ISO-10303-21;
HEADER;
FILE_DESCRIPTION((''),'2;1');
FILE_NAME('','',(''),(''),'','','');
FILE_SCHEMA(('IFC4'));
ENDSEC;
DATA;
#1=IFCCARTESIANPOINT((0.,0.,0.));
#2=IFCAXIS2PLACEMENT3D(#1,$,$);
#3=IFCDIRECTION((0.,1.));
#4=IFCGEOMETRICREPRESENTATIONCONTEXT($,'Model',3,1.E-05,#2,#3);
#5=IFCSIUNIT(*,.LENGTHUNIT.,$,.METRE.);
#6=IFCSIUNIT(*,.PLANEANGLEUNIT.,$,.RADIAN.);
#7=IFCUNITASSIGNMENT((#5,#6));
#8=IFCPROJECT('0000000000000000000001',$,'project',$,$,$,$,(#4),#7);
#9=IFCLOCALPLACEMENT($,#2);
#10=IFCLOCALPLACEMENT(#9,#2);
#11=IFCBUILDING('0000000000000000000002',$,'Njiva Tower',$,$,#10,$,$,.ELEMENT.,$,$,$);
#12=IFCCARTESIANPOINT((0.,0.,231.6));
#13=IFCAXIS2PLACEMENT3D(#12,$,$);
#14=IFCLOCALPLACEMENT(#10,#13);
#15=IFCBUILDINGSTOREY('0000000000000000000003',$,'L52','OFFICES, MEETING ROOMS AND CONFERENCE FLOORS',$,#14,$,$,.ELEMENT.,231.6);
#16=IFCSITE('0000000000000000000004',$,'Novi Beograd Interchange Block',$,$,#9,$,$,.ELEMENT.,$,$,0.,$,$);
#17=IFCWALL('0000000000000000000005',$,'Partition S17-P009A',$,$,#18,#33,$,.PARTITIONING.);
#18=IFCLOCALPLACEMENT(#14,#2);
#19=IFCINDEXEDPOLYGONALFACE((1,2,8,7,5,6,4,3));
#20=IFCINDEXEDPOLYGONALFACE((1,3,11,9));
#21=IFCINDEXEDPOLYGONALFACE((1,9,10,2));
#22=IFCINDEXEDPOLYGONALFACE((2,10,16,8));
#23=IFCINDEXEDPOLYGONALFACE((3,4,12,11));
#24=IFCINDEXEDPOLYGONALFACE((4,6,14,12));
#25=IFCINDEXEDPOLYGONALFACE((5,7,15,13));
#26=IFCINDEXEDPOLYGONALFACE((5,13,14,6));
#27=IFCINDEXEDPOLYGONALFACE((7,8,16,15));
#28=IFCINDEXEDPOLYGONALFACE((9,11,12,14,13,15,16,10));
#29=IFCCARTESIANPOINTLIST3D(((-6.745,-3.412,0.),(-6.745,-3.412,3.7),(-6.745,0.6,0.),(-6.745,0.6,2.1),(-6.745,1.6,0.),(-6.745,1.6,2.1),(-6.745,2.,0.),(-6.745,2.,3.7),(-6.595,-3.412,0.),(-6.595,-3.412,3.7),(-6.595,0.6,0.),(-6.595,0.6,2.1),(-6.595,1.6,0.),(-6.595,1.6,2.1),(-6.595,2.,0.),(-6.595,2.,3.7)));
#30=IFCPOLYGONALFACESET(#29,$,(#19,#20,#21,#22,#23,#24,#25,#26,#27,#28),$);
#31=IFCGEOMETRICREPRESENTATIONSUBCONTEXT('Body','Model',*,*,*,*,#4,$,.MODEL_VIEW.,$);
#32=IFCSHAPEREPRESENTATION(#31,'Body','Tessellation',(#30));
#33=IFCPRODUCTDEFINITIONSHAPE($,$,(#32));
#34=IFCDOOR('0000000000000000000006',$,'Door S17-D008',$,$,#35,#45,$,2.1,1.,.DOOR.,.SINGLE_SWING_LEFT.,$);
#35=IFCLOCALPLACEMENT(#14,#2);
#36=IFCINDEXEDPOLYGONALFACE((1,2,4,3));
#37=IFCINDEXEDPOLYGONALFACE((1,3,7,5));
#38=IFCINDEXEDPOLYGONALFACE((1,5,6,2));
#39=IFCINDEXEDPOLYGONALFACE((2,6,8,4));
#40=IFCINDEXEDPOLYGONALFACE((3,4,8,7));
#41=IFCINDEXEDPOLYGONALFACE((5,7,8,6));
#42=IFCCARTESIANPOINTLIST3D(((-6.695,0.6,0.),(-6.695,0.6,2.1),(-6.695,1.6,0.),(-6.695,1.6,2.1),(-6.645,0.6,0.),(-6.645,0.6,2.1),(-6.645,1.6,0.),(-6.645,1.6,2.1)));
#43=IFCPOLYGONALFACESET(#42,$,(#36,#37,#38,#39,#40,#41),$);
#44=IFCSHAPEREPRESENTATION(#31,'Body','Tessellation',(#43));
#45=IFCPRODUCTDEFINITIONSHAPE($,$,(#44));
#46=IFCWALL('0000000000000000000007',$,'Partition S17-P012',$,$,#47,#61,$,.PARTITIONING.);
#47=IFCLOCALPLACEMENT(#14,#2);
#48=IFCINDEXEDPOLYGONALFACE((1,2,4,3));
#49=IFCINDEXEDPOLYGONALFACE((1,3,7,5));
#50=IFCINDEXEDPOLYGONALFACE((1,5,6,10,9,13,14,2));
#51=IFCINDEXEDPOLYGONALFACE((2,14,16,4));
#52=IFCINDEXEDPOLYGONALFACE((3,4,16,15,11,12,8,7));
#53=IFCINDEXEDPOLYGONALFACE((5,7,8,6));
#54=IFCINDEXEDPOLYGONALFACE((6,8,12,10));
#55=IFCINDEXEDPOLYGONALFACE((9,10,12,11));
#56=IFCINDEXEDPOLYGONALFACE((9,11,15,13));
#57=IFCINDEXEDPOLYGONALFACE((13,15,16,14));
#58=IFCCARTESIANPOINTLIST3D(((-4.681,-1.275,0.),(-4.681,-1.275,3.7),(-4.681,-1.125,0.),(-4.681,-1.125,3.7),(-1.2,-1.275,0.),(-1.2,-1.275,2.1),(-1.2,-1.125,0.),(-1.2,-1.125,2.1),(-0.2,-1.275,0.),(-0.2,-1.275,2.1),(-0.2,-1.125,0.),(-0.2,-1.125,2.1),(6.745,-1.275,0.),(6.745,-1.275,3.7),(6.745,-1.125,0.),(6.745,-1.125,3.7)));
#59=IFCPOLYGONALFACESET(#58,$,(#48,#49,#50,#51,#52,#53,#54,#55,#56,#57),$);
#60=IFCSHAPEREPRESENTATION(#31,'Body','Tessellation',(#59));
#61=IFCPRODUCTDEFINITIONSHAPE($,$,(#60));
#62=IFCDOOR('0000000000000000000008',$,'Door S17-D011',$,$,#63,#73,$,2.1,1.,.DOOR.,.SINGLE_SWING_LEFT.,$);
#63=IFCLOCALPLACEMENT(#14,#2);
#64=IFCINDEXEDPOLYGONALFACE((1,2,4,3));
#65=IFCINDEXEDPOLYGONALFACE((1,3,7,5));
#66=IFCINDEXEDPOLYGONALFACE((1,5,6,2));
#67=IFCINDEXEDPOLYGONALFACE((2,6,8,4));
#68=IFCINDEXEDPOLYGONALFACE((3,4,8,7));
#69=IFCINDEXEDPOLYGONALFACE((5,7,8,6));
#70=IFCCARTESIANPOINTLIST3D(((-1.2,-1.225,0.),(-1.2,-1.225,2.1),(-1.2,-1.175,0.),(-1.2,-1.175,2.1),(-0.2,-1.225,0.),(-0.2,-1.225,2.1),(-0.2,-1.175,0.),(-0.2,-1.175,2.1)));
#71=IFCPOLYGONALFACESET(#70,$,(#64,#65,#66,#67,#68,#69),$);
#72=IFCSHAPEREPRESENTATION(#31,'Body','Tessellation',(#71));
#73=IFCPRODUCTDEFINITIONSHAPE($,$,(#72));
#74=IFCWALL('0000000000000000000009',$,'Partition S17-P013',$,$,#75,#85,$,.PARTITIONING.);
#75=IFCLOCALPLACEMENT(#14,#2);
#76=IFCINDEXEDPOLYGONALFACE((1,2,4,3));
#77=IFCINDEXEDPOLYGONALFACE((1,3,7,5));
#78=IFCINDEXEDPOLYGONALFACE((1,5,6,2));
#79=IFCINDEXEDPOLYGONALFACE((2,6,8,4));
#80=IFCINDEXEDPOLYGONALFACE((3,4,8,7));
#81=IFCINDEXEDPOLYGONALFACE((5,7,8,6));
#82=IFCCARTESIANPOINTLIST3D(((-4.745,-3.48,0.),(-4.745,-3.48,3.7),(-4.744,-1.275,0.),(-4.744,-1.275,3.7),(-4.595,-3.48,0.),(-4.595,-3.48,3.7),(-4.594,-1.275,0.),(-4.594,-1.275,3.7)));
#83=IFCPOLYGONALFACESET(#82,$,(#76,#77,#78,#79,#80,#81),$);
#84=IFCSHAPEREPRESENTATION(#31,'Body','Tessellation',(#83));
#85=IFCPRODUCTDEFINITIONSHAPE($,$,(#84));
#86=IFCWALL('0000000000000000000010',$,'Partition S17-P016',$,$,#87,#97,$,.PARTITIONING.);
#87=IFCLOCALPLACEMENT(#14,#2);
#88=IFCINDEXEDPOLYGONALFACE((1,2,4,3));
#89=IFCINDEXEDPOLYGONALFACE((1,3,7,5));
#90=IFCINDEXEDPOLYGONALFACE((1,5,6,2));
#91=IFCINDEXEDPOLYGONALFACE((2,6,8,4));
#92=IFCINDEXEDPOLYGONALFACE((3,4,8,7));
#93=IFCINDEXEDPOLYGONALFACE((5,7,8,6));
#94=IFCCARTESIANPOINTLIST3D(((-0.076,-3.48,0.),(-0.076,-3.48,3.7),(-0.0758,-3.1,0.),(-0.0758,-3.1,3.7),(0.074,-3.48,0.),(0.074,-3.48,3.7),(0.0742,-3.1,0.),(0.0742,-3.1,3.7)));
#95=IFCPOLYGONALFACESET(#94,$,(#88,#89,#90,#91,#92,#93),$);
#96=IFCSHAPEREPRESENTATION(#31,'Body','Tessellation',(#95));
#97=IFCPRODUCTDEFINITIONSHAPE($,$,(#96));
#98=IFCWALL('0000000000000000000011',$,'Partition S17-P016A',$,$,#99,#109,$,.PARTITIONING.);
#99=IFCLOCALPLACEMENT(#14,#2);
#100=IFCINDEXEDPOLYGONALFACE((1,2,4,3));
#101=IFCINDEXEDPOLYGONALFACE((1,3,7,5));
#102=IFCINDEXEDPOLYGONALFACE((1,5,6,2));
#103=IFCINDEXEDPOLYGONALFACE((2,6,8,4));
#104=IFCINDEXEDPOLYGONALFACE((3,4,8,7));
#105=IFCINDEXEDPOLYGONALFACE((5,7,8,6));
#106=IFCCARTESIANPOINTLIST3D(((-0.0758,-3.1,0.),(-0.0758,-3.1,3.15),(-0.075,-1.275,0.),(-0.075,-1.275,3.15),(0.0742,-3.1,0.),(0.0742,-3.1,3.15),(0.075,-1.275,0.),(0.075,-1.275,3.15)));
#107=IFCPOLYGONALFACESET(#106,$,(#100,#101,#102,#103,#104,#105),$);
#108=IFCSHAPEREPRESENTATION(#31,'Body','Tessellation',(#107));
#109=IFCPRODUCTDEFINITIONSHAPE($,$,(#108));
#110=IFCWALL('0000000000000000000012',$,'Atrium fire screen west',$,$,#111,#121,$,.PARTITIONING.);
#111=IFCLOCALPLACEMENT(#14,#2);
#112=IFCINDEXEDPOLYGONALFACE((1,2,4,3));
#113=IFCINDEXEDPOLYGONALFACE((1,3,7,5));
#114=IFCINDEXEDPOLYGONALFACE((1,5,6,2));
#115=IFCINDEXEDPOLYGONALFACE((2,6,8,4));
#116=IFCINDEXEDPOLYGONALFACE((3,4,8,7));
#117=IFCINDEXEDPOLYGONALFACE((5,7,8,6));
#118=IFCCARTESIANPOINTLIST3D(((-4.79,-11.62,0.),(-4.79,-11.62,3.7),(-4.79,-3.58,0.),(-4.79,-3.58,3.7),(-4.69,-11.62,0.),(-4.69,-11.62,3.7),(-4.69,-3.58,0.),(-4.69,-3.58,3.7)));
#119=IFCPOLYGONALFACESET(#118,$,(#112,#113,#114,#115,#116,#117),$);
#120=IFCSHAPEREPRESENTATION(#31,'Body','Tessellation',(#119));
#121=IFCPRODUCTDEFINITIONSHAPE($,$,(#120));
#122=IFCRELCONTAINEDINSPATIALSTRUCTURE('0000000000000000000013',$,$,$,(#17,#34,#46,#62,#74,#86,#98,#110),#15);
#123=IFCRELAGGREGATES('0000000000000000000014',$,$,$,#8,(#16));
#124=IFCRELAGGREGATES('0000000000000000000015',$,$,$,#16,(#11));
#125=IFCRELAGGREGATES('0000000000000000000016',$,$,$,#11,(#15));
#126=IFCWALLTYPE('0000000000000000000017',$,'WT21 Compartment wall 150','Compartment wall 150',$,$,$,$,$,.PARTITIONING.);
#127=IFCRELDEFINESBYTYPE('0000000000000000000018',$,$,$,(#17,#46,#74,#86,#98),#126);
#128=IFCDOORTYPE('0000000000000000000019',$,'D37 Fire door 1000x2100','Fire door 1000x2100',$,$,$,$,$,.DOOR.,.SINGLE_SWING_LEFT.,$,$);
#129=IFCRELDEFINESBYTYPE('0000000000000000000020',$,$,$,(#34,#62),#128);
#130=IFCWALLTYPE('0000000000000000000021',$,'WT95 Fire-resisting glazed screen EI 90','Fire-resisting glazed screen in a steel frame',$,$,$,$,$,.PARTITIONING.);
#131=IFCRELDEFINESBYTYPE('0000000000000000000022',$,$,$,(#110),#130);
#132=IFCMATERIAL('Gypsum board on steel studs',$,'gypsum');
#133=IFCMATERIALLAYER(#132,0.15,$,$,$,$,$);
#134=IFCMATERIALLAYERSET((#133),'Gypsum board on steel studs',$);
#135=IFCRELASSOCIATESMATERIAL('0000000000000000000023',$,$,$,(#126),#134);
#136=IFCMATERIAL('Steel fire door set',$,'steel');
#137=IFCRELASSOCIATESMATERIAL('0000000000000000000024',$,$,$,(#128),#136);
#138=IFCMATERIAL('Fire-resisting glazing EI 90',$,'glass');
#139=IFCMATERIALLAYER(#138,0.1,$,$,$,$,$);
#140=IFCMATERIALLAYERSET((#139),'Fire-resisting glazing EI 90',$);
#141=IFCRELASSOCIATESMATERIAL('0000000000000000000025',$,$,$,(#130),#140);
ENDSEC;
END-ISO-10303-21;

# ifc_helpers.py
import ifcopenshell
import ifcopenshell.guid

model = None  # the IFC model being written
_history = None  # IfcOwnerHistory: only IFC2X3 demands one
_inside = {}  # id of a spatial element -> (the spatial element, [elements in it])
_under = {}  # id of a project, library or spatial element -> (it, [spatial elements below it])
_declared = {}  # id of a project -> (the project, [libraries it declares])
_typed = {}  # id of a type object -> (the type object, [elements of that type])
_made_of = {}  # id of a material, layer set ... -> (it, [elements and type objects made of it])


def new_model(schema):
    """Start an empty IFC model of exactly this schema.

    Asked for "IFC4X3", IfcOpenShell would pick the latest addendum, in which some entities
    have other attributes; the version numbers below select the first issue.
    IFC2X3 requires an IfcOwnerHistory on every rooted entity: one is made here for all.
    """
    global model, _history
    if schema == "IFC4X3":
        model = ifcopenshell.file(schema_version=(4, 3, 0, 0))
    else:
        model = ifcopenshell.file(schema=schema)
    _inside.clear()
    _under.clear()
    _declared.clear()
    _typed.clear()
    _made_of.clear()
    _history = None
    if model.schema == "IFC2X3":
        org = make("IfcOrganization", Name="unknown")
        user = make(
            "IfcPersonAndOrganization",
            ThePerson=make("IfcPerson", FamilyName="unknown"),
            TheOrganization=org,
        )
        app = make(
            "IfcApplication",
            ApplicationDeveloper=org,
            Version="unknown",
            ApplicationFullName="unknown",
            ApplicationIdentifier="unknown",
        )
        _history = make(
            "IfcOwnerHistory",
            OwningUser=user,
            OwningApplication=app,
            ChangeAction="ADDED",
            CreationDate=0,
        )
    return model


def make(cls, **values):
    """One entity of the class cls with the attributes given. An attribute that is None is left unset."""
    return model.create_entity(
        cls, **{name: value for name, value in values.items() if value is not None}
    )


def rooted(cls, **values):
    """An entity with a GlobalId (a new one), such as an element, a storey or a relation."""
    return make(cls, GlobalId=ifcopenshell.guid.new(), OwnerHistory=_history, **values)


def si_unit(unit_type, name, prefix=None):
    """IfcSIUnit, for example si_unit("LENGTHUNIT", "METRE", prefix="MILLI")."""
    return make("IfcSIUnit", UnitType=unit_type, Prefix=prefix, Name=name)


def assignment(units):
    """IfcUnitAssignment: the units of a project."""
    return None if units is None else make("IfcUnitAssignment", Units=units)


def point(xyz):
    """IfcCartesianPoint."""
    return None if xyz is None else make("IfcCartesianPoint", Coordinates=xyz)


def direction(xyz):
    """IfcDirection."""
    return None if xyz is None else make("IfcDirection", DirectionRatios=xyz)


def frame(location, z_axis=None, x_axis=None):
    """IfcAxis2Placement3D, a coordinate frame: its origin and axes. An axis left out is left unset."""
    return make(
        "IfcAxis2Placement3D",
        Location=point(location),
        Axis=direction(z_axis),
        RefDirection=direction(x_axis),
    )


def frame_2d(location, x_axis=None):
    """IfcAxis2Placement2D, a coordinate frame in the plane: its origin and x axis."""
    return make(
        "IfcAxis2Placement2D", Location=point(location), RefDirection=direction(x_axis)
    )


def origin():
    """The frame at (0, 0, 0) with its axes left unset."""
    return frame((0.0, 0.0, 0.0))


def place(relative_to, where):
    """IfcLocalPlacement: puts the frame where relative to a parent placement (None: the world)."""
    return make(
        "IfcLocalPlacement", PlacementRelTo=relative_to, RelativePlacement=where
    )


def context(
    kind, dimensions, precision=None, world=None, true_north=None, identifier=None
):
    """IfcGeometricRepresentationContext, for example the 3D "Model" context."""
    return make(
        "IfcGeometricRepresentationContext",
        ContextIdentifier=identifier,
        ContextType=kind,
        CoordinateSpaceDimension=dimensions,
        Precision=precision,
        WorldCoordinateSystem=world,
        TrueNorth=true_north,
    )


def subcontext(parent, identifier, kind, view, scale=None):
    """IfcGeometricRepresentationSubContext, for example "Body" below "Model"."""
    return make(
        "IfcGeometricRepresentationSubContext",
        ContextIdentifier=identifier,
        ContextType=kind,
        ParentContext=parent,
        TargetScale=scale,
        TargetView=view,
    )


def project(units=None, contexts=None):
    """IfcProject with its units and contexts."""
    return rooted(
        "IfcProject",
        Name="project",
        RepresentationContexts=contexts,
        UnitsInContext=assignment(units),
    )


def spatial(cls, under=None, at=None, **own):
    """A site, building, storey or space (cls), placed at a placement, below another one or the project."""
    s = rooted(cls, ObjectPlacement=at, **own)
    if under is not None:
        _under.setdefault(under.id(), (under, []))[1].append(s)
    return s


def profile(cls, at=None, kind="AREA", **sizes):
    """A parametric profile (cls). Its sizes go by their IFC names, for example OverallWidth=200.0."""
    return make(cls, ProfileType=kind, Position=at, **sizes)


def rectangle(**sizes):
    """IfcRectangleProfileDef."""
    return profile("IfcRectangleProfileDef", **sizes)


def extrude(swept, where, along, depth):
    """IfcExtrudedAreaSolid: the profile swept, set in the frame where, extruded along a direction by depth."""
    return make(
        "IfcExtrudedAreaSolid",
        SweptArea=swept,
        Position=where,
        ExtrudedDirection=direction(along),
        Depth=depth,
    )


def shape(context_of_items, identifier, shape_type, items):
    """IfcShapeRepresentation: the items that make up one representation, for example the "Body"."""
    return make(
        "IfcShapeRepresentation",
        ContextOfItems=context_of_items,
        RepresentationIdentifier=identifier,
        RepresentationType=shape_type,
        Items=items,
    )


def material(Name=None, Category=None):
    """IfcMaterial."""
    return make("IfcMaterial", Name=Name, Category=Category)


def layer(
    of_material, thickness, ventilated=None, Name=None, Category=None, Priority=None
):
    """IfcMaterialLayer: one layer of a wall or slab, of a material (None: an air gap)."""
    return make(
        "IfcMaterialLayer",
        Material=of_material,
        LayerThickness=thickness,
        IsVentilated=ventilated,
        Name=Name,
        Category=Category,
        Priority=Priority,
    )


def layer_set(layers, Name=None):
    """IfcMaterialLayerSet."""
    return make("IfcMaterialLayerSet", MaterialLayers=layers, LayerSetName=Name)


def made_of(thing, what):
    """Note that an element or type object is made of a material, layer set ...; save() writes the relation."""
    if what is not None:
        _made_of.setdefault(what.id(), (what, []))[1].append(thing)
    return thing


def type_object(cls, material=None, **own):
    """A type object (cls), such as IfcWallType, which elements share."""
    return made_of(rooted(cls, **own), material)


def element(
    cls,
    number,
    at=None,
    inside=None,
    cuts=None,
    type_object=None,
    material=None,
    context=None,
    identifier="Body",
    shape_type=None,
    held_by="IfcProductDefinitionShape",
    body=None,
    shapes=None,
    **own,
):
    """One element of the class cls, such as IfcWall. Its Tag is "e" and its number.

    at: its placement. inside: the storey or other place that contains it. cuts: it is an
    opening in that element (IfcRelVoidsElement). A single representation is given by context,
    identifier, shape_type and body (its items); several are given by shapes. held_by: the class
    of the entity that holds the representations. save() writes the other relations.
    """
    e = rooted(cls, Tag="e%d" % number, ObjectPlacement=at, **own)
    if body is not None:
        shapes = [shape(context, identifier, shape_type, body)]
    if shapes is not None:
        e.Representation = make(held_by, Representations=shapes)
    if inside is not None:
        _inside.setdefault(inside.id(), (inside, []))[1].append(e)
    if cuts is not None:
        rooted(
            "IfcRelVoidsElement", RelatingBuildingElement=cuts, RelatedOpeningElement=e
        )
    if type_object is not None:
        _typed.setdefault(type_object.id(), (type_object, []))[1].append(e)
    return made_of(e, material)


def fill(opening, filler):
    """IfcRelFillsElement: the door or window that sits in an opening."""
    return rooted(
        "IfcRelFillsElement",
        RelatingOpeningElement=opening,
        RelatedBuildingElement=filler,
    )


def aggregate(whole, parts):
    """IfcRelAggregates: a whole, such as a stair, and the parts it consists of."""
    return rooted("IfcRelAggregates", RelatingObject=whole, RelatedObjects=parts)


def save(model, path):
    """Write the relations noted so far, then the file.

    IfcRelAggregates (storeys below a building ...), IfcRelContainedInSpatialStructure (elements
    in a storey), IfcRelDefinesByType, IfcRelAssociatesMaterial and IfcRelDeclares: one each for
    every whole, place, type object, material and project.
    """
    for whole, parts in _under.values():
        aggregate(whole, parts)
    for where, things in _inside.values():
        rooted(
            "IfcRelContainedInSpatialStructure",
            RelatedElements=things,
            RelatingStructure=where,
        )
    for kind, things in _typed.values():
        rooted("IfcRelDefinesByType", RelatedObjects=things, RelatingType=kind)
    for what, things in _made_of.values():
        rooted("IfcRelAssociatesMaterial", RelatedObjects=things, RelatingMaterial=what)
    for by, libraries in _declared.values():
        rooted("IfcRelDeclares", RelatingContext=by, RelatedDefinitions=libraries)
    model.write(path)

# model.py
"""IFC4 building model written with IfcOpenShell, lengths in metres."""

from ifc_helpers import new_model, si_unit, direction, frame, frame_2d, origin, place, context, subcontext, project, spatial, rectangle, extrude, material, layer, layer_set, type_object, element, fill, save


model = new_model("IFC4")

# Units and contexts
model_context = context("Model", 3, precision=1e-05, world=origin(), true_north=direction((0.0, 1.0)))
body_context = subcontext(model_context, "Body", "Model", "MODEL_VIEW")
ifc_project = project(units=[si_unit("LENGTHUNIT", "METRE"), si_unit("PLANEANGLEUNIT", "RADIAN")], contexts=[model_context])

# Site, building, storey
site_placement = place(None, origin())
site = spatial("IfcSite", under=ifc_project, at=site_placement, Name="Novi Beograd Interchange Block", CompositionType="ELEMENT", RefElevation=0.0)
building_placement = place(site_placement, origin())
building = spatial("IfcBuilding", under=site, at=building_placement, Name="Njiva Tower", CompositionType="ELEMENT")
storey_placement = place(building_placement, frame((0.0, 0.0, 231.6)))
storey = spatial("IfcBuildingStorey", under=building, at=storey_placement, Name="L52", Description="OFFICES, MEETING ROOMS AND CONFERENCE FLOORS", CompositionType="ELEMENT", Elevation=231.6)

# Walls, openings, doors
ifc_material_1 = material(Name="Gypsum board on steel studs", Category="gypsum")
ifc_layer_1 = layer(ifc_material_1, 0.15)
ifc_layer_set_1 = layer_set([ifc_layer_1], Name="Gypsum board on steel studs")
wall_type_1 = type_object("IfcWallType", Name="WT21 Compartment wall 150", Description="Compartment wall 150", PredefinedType="PARTITIONING", material=ifc_layer_set_1)
ifc_material_2 = material(Name="Steel fire door set", Category="steel")
door_type = type_object("IfcDoorType", Name="D37 Fire door 1000x2100", Description="Fire door 1000x2100", OperationType="SINGLE_SWING_LEFT", PredefinedType="DOOR", material=ifc_material_2)
wall_1_placement = place(storey_placement, frame((-6.67, -3.412, 0.0), z_axis=(0.0, 0.0, 1.0), x_axis=(0.0, 1.0, 0.0)))
wall_1 = element("IfcWall", 1, at=wall_1_placement, inside=storey, type_object=wall_type_1, Name="Partition S17-P009A", PredefinedType="PARTITIONING", context=body_context, shape_type="SweptSolid", body=[
    extrude(rectangle(XDim=5.412, YDim=0.15, at=frame_2d((2.706, 0.0))), origin(), (0.0, 0.0, 1.0), 3.7),
])
opening_1_placement = place(wall_1_placement, frame((4.012, 0.0, 0.0)))
opening_1 = element("IfcOpeningElement", 2, at=opening_1_placement, cuts=wall_1, PredefinedType="OPENING", context=body_context, shape_type="SweptSolid", body=[
    extrude(rectangle(XDim=1.0, YDim=2.1, at=frame_2d((0.5, 1.05))), frame((0.0, 0.085, 0.0), z_axis=(0.0, -1.0, 0.0), x_axis=(1.0, 0.0, 0.0)), (0.0, 0.0, 1.0), 0.17),
])
door_1_placement = place(opening_1_placement, origin())
door_1 = element("IfcDoor", 3, at=door_1_placement, inside=storey, type_object=door_type, Name="Door S17-D008", OperationType="SINGLE_SWING_LEFT", OverallHeight=2.1, OverallWidth=1.0, PredefinedType="DOOR", context=body_context, shape_type="SweptSolid", body=[
    extrude(rectangle(XDim=1.0, YDim=2.1, at=frame_2d((0.5, 1.05))), frame((0.0, 0.025, 0.0), z_axis=(0.0, -1.0, 0.0), x_axis=(1.0, 0.0, 0.0)), (0.0, 0.0, 1.0), 0.05),
])
fill(opening_1, door_1)
wall_2_placement = place(storey_placement, frame((-4.681, -1.2, 0.0), z_axis=(0.0, 0.0, 1.0), x_axis=(1.0, 0.0, 0.0)))
wall_2 = element("IfcWall", 4, at=wall_2_placement, inside=storey, type_object=wall_type_1, Name="Partition S17-P012", PredefinedType="PARTITIONING", context=body_context, shape_type="SweptSolid", body=[
    extrude(rectangle(XDim=11.426, YDim=0.15, at=frame_2d((5.713, 0.0))), origin(), (0.0, 0.0, 1.0), 3.7),
])
opening_2_placement = place(wall_2_placement, frame((3.481, 0.0, 0.0)))
opening_2 = element("IfcOpeningElement", 5, at=opening_2_placement, cuts=wall_2, PredefinedType="OPENING", context=body_context, shape_type="SweptSolid", body=[
    extrude(rectangle(XDim=1.0, YDim=2.1, at=frame_2d((0.5, 1.05))), frame((0.0, 0.085, 0.0), z_axis=(0.0, -1.0, 0.0), x_axis=(1.0, 0.0, 0.0)), (0.0, 0.0, 1.0), 0.17),
])
door_2_placement = place(opening_2_placement, origin())
door_2 = element("IfcDoor", 6, at=door_2_placement, inside=storey, type_object=door_type, Name="Door S17-D011", OperationType="SINGLE_SWING_LEFT", OverallHeight=2.1, OverallWidth=1.0, PredefinedType="DOOR", context=body_context, shape_type="SweptSolid", body=[
    extrude(rectangle(XDim=1.0, YDim=2.1, at=frame_2d((0.5, 1.05))), frame((0.0, 0.025, 0.0), z_axis=(0.0, -1.0, 0.0), x_axis=(1.0, 0.0, 0.0)), (0.0, 0.0, 1.0), 0.05),
])
fill(opening_2, door_2)

# Walls
wall_3_placement = place(storey_placement, frame((-4.67, -3.48, 0.0), z_axis=(0.0, 0.0, 1.0), x_axis=(0.000454, 1.0, 0.0)))
element("IfcWall", 7, at=wall_3_placement, inside=storey, type_object=wall_type_1, Name="Partition S17-P013", PredefinedType="PARTITIONING", context=body_context, shape_type="SweptSolid", body=[
    extrude(rectangle(XDim=2.205, YDim=0.15, at=frame_2d((1.1025, 0.0))), origin(), (0.0, 0.0, 1.0), 3.7),
])
wall_4_placement = place(storey_placement, frame((-0.001, -3.48, 0.0), z_axis=(0.0, 0.0, 1.0), x_axis=(0.000526, 1.0, 0.0)))
element("IfcWall", 8, at=wall_4_placement, inside=storey, type_object=wall_type_1, Name="Partition S17-P016", PredefinedType="PARTITIONING", context=body_context, shape_type="SweptSolid", body=[
    extrude(rectangle(XDim=0.38, YDim=0.15, at=frame_2d((0.19, 0.0))), origin(), (0.0, 0.0, 1.0), 3.7),
])
wall_5_placement = place(storey_placement, frame((-0.0008, -3.1, 0.0), z_axis=(0.0, 0.0, 1.0), x_axis=(0.000438, 1.0, 0.0)))
element("IfcWall", 9, at=wall_5_placement, inside=storey, type_object=wall_type_1, Name="Partition S17-P016A", PredefinedType="PARTITIONING", context=body_context, shape_type="SweptSolid", body=[
    extrude(rectangle(XDim=1.825, YDim=0.15, at=frame_2d((0.9125, 0.0))), origin(), (0.0, 0.0, 1.0), 3.15),
])
ifc_material_3 = material(Name="Fire-resisting glazing EI 90", Category="glass")
ifc_layer_2 = layer(ifc_material_3, 0.1)
ifc_layer_set_2 = layer_set([ifc_layer_2], Name="Fire-resisting glazing EI 90")
wall_type_2 = type_object("IfcWallType", Name="WT95 Fire-resisting glazed screen EI 90", Description="Fire-resisting glazed screen in a steel frame", PredefinedType="PARTITIONING", material=ifc_layer_set_2)
wall_6_placement = place(storey_placement, frame((-4.74, -3.58, 0.0), z_axis=(0.0, 0.0, 1.0), x_axis=(0.0, -1.0, 0.0)))
element("IfcWall", 10, at=wall_6_placement, inside=storey, type_object=wall_type_2, Name="Atrium fire screen west", PredefinedType="PARTITIONING", context=body_context, shape_type="SweptSolid", body=[
    extrude(rectangle(XDim=8.04, YDim=0.1, at=frame_2d((4.02, 0.0))), origin(), (0.0, 0.0, 1.0), 3.7),
])

save(model, "model.ifc")
